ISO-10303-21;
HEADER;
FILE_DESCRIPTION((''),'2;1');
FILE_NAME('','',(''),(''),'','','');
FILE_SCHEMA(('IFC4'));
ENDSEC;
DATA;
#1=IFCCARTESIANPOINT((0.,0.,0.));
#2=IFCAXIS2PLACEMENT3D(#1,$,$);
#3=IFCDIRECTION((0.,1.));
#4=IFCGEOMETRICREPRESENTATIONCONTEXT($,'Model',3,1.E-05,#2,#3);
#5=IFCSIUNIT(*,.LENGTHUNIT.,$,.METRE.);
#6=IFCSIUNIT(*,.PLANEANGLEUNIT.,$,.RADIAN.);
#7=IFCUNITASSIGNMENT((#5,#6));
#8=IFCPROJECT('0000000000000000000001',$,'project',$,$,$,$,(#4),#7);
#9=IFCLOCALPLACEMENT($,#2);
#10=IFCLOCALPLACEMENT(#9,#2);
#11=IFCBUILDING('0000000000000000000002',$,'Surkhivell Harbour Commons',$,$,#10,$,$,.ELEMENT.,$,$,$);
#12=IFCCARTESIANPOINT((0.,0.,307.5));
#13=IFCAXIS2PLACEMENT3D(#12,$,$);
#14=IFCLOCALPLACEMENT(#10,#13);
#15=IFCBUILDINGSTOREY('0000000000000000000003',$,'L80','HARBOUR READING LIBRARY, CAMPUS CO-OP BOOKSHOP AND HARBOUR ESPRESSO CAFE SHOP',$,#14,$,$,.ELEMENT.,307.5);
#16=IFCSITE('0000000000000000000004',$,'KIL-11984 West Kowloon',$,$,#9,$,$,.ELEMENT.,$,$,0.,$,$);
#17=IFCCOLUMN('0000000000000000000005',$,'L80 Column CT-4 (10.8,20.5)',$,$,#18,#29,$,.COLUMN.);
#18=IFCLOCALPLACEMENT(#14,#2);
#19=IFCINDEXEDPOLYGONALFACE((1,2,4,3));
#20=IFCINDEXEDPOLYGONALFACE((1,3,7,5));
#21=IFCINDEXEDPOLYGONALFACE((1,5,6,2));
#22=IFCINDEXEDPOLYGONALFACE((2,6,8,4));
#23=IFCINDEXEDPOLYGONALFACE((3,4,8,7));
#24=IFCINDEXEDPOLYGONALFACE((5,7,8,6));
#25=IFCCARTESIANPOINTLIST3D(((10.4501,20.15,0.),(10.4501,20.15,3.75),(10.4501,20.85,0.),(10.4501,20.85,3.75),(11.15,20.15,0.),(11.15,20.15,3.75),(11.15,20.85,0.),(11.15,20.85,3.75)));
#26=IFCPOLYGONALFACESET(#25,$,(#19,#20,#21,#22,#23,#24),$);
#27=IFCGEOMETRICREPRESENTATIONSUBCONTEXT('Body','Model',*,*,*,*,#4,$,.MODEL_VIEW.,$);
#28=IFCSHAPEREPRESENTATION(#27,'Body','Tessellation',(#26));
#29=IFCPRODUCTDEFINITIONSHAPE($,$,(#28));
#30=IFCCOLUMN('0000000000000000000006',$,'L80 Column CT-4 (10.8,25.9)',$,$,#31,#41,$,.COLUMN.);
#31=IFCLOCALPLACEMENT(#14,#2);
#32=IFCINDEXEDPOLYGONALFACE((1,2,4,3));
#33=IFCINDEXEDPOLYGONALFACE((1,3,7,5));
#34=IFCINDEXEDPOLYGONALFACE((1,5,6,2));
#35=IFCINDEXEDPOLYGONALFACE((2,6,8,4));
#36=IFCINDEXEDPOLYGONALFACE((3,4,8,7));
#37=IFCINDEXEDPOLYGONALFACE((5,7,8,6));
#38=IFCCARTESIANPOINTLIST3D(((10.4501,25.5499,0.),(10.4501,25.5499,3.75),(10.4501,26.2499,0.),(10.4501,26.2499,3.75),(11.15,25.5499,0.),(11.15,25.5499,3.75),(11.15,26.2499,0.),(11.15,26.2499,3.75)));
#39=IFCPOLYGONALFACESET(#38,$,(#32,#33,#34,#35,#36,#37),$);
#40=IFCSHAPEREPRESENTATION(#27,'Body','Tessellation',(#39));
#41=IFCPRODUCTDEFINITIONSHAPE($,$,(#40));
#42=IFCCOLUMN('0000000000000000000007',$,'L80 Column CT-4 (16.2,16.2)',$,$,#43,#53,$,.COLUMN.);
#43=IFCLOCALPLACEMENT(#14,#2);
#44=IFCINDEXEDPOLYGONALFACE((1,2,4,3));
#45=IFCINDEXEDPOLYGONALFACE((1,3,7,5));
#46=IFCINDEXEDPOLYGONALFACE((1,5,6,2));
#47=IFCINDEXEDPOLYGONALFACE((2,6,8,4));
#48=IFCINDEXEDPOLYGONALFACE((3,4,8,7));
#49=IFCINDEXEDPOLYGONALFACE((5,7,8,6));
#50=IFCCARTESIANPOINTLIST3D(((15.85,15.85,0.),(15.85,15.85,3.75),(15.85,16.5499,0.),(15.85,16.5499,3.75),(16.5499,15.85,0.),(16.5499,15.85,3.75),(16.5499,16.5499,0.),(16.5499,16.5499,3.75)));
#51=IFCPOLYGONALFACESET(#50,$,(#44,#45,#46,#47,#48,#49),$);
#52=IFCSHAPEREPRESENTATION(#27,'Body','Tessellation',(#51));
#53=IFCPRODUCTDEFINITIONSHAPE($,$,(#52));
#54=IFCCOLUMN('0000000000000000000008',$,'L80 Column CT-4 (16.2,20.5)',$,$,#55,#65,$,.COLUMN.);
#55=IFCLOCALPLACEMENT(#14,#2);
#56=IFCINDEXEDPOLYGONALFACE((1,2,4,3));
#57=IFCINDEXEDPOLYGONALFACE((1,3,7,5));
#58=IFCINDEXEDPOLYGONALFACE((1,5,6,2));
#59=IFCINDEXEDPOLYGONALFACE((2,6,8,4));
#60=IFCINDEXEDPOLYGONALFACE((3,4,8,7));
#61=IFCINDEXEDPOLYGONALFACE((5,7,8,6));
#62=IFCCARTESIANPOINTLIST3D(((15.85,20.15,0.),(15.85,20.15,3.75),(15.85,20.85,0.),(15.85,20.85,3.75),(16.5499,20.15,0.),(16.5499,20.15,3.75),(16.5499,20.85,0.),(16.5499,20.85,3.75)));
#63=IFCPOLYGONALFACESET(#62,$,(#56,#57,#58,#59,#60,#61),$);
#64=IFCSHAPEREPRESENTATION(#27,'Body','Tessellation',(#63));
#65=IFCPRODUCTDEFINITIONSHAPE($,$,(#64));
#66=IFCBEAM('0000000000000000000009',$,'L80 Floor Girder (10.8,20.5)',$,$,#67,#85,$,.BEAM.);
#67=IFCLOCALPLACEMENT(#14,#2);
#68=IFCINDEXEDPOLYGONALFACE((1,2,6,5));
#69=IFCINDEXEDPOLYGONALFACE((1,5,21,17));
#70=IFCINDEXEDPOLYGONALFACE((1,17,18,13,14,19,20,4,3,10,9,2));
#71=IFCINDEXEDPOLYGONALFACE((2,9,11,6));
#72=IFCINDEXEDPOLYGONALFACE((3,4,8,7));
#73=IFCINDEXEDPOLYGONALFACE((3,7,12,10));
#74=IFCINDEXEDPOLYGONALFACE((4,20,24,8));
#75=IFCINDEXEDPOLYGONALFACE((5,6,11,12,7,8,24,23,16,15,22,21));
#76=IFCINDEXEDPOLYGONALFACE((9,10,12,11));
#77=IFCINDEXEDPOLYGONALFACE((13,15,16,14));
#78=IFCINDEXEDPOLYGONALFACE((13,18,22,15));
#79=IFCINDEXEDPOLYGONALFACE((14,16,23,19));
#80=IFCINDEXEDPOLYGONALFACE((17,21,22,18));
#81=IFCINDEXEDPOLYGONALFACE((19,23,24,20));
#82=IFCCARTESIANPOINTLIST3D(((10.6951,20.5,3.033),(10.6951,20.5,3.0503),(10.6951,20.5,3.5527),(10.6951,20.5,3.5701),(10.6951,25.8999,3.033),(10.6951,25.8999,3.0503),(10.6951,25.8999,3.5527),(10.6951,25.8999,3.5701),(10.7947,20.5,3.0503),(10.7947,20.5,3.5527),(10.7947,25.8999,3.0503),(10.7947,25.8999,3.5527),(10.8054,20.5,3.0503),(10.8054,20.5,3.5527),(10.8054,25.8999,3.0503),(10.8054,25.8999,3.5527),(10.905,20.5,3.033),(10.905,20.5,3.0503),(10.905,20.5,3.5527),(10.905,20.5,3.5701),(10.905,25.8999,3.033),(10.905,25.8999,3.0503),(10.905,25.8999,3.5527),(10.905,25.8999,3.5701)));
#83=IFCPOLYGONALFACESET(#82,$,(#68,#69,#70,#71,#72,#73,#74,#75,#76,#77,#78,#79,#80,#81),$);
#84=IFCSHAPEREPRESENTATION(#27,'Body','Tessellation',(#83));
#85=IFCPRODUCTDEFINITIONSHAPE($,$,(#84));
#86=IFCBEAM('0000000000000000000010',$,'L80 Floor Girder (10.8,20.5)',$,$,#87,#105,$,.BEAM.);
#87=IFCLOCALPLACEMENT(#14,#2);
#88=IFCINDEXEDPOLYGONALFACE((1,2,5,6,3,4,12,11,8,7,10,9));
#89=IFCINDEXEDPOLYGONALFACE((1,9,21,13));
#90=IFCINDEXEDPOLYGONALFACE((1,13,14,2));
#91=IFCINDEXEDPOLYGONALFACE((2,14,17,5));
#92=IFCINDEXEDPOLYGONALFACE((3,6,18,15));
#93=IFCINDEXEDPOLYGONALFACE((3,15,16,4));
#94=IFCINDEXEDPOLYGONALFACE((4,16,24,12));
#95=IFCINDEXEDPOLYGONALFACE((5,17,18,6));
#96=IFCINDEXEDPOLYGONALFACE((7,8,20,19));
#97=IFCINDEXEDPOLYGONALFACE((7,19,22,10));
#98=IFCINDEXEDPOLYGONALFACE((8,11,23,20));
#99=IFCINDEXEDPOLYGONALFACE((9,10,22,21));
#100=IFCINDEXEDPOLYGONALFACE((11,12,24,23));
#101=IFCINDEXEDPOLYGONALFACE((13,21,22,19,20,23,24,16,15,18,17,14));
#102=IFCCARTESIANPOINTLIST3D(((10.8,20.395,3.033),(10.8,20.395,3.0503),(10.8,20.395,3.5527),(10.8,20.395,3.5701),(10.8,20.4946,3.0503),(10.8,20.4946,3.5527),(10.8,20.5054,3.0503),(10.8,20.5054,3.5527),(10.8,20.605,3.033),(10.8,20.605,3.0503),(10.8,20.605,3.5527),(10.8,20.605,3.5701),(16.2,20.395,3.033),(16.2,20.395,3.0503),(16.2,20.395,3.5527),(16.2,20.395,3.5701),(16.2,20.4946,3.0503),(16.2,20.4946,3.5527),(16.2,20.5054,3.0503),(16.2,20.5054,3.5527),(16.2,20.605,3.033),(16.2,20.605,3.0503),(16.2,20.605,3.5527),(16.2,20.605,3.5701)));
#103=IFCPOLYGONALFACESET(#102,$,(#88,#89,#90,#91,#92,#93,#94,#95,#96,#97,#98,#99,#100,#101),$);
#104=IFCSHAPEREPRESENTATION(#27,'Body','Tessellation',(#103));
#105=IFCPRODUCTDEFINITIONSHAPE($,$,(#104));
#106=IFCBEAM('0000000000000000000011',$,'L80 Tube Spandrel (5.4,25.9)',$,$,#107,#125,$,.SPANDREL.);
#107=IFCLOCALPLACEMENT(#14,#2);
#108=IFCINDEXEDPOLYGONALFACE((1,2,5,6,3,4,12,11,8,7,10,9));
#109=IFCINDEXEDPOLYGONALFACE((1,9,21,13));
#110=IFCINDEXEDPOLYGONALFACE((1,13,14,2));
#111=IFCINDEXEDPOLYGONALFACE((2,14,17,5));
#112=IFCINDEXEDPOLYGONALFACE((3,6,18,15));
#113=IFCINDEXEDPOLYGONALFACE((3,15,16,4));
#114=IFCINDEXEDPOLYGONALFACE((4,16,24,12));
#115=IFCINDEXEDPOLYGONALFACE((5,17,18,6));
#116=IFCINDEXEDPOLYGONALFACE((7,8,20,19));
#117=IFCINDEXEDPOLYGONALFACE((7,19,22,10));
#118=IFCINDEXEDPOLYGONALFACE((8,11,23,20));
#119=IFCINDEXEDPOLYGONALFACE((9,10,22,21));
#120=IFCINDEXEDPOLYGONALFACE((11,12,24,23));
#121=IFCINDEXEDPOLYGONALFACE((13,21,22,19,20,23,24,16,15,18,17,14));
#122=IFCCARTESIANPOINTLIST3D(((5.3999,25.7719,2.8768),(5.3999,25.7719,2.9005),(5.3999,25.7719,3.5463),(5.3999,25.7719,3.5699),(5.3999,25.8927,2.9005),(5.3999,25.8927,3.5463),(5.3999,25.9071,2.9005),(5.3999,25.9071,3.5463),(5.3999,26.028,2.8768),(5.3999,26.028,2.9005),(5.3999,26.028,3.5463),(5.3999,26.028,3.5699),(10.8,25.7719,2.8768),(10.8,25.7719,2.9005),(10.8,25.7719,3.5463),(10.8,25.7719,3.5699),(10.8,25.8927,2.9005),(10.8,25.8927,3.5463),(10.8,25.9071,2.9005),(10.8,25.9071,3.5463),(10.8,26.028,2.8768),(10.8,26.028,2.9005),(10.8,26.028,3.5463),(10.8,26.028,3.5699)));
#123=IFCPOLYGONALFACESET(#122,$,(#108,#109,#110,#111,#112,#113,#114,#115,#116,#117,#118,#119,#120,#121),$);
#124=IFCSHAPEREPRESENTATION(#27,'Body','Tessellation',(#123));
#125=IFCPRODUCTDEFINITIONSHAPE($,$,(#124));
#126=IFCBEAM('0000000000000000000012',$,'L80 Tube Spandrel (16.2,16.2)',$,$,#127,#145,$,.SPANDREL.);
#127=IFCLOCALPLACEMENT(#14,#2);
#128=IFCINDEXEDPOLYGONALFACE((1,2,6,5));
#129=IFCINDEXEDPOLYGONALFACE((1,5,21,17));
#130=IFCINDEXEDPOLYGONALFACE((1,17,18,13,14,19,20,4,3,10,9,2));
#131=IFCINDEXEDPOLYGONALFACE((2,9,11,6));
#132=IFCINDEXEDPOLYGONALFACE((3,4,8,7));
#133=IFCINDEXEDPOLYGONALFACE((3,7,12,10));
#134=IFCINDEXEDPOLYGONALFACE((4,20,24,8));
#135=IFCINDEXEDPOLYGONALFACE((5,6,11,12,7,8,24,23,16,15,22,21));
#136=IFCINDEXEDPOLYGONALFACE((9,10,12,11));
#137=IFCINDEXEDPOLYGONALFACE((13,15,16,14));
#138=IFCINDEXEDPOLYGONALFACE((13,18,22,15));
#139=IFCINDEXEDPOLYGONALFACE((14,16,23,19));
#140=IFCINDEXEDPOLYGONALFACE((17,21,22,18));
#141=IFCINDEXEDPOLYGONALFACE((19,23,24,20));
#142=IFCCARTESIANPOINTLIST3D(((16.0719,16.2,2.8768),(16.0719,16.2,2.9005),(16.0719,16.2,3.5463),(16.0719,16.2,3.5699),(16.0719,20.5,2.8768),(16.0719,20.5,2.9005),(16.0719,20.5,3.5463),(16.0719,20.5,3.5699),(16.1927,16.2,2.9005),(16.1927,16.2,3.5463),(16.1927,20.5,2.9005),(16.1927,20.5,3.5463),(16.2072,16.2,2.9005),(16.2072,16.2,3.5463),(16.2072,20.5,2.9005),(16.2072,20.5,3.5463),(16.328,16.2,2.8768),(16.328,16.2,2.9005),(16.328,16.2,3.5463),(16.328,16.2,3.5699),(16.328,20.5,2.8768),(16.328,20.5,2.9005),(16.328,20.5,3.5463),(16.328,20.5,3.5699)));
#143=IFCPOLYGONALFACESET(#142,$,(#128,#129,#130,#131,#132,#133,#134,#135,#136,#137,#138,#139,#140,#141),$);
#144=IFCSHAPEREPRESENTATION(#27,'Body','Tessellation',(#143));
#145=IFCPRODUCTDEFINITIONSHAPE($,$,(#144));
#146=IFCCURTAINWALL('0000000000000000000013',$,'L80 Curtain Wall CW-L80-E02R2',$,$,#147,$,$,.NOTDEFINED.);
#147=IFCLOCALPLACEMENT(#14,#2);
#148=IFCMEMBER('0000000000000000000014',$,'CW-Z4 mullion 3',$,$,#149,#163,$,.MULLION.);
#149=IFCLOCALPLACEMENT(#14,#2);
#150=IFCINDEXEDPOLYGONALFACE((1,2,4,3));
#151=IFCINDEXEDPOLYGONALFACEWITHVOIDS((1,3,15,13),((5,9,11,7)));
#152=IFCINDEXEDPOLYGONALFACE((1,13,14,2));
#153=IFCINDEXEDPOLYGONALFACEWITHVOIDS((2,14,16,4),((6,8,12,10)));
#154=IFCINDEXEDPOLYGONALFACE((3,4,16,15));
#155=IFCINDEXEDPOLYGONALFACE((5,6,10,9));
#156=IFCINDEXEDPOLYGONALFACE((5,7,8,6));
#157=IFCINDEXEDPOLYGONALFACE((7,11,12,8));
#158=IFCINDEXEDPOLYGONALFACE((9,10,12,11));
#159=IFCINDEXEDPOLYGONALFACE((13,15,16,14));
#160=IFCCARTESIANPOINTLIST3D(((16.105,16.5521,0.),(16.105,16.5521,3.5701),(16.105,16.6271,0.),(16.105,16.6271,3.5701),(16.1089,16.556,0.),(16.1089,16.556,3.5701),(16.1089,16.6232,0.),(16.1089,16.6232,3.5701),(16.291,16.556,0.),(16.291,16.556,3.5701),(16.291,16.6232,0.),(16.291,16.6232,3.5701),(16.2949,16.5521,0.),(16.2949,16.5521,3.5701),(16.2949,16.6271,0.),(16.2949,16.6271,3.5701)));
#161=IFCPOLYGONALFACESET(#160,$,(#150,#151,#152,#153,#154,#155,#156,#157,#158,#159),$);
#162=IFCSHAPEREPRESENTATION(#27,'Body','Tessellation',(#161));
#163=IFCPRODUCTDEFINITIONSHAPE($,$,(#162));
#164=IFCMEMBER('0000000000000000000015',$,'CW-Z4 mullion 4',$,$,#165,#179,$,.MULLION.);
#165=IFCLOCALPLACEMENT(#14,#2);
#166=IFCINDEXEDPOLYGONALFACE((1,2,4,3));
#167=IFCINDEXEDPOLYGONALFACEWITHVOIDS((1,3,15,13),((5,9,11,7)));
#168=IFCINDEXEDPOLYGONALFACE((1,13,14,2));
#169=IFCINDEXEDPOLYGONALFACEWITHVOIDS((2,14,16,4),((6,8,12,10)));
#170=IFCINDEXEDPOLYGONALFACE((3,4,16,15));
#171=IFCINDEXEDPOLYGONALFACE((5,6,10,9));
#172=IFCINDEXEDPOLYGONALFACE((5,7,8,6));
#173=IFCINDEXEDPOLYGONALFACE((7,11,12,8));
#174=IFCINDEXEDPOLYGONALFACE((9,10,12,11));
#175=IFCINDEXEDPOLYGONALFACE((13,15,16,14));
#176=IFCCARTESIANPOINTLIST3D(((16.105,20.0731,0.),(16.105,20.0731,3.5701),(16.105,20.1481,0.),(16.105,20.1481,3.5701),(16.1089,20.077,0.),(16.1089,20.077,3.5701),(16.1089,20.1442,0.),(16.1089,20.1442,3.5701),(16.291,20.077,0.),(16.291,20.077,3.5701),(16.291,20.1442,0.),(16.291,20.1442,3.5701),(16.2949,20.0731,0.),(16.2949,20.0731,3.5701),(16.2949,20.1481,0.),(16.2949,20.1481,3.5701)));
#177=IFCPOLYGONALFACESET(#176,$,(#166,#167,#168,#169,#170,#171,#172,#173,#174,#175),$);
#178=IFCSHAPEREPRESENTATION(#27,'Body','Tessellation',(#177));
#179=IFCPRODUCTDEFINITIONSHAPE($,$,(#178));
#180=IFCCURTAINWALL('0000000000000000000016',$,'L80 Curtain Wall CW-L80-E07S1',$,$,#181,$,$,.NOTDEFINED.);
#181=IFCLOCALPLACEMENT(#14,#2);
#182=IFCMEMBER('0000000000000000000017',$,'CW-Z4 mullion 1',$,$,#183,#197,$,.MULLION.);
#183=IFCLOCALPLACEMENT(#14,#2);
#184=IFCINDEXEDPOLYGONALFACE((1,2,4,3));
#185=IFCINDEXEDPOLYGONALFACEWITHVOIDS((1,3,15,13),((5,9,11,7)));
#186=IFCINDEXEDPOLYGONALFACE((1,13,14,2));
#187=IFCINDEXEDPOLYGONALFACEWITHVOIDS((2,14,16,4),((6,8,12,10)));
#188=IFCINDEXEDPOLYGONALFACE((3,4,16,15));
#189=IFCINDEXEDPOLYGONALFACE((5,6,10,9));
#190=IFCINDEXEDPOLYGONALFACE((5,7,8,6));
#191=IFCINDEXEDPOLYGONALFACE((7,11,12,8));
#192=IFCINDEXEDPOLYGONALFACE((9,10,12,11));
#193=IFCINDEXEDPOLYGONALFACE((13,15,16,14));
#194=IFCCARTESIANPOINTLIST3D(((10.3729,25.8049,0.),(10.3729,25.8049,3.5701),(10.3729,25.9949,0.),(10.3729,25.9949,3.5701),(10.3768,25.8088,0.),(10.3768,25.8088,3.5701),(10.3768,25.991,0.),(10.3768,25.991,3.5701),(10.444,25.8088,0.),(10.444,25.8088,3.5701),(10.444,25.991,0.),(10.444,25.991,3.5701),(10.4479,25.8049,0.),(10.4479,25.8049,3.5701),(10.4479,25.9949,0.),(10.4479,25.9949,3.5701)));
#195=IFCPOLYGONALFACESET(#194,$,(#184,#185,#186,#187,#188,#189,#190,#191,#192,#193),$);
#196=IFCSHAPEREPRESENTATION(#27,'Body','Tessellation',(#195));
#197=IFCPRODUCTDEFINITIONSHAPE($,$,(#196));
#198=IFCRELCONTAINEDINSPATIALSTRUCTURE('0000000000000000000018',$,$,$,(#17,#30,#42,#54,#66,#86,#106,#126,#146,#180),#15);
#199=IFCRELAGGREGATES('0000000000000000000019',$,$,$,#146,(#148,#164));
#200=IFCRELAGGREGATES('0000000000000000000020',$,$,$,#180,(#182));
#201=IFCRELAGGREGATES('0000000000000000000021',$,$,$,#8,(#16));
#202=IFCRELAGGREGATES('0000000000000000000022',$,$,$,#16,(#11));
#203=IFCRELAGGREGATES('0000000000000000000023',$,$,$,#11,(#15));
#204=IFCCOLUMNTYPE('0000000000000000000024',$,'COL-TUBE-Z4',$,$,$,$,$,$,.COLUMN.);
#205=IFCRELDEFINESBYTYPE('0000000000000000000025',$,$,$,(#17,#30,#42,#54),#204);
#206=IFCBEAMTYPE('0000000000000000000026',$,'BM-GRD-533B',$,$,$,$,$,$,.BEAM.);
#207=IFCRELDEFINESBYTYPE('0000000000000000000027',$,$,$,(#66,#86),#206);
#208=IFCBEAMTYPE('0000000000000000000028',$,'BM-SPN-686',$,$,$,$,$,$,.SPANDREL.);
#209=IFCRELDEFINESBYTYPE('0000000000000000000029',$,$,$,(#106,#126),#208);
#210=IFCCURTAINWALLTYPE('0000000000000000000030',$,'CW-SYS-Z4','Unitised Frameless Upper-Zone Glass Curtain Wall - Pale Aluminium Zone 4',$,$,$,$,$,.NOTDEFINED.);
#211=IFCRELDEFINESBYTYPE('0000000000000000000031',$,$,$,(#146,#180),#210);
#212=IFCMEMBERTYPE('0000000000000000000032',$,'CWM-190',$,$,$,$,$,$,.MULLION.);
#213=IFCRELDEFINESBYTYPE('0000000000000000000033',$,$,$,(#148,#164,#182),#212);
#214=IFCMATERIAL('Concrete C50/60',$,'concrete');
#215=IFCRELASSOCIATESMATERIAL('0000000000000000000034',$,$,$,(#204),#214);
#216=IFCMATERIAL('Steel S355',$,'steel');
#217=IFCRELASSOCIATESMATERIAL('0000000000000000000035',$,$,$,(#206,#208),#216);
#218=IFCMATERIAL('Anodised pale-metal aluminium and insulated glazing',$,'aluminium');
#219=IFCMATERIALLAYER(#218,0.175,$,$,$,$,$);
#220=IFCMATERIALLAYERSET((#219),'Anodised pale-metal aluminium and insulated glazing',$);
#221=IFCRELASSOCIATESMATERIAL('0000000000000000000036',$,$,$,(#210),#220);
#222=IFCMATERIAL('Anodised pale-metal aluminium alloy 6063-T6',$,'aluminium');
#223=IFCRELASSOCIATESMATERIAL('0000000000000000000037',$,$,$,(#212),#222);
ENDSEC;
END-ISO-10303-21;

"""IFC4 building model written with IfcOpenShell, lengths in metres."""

from ifc_helpers import new_model, si_unit, direction, frame, origin, origin_2d, place, context, subcontext, project, spatial, rectangle, hollow_rectangle, i_section, extrude, material, layer, layer_set, material_profile, profile_set, type_object, element, aggregate, save


model = new_model("IFC4")

# Units and contexts
model_context = context("Model", 3, precision=1e-05, world=origin(), true_north=direction((0.0, 1.0)))
body_context = subcontext(model_context, "Body", "Model", "MODEL_VIEW")
ifc_project = project(units=[si_unit("LENGTHUNIT", "METRE"), si_unit("PLANEANGLEUNIT", "RADIAN")], contexts=[model_context])

# Site, building, storey
site_placement = place(None, origin())
site = spatial("IfcSite", under=ifc_project, at=site_placement, Name="KIL-11984 West Kowloon", CompositionType="ELEMENT", RefElevation=0.0)
building_placement = place(site_placement, origin())
building = spatial("IfcBuilding", under=site, at=building_placement, Name="Surkhivell Harbour Commons", CompositionType="ELEMENT")
storey_placement = place(building_placement, frame((0.0, 0.0, 307.5)))
storey = spatial("IfcBuildingStorey", under=building, at=storey_placement, Name="L80", Description="HARBOUR READING LIBRARY, CAMPUS CO-OP BOOKSHOP AND HARBOUR ESPRESSO CAFE SHOP", CompositionType="ELEMENT", Elevation=307.5)

# Columns
ifc_material_1 = material(Name="Concrete C50/60", Category="concrete")
ifc_material_profile_1 = material_profile(ifc_material_1, rectangle(XDim=0.7, YDim=0.7, at=origin_2d()), Name="RC-COL-700x700")
ifc_profile_set_1 = profile_set([ifc_material_profile_1], Name="Concrete C50/60")
column_type = type_object("IfcColumnType", Name="COL-TUBE-Z4", PredefinedType="COLUMN", material=ifc_profile_set_1)
for number, where, z_axis, x_axis, name in (
    (1, (10.8, 20.5, 0.0), (0.0, 0.0, 1.0), (1.0, 0.0, 0.0), "L80 Column CT-4 (10.8,20.5)"),
    (2, (10.8, 25.8999, 0.0), (0.0, 0.0, 1.0), (1.0, 0.0, 0.0), "L80 Column CT-4 (10.8,25.9)"),
    (3, (16.2, 16.2, 0.0), (0.0, 0.0, 1.0), (1.0, 0.0, 0.0), "L80 Column CT-4 (16.2,16.2)"),
    (4, (16.2, 20.5, 0.0), (0.0, 0.0, 1.0), (1.0, 0.0, 0.0), "L80 Column CT-4 (16.2,20.5)"),
):
    element("IfcColumn", number, at=place(storey_placement, frame(where, z_axis=z_axis, x_axis=x_axis)), inside=storey, type_object=column_type, Name=name, PredefinedType="COLUMN", context=body_context, shape_type="SweptSolid", body=[
        extrude(rectangle(XDim=0.7, YDim=0.7, at=origin_2d()), origin(), (0.0, 0.0, 1.0), 3.75),
    ])

# Beams
ifc_material_2 = material(Name="Steel S355", Category="steel")
ifc_material_profile_2 = material_profile(ifc_material_2, i_section(OverallWidth=0.21, OverallDepth=0.5371, WebThickness=0.0107, FlangeThickness=0.0173, at=origin_2d()), Name="UB533x210x101")
ifc_profile_set_2 = profile_set([ifc_material_profile_2], Name="Steel S355")
beam_type_1 = type_object("IfcBeamType", Name="BM-GRD-533B", PredefinedType="BEAM", material=ifc_profile_set_2)
for number, where, z_axis, x_axis, name in (
    (5, (10.8, 20.5, 3.3015), (0.0, 1.0, 0.0), (-1.0, 0.0, 0.0), "L80 Floor Girder (10.8,20.5)"),
    (6, (10.8, 20.5, 3.3015), (1.0, 0.0, 0.0), (0.0, 1.0, 0.0), "L80 Floor Girder (10.8,20.5)"),
):
    element("IfcBeam", number, at=place(storey_placement, frame(where, z_axis=z_axis, x_axis=x_axis)), inside=storey, type_object=beam_type_1, Name=name, PredefinedType="BEAM", context=body_context, shape_type="SweptSolid", body=[
        extrude(i_section(OverallWidth=0.21, OverallDepth=0.5371, WebThickness=0.0107, FlangeThickness=0.0173, at=origin_2d()), origin(), (0.0, 0.0, 1.0), 5.3999),
    ])
ifc_material_profile_3 = material_profile(ifc_material_2, i_section(OverallWidth=0.2561, OverallDepth=0.6931, WebThickness=0.0144, FlangeThickness=0.0237, at=origin_2d()), Name="UB686x254x170")
ifc_profile_set_3 = profile_set([ifc_material_profile_3], Name="Steel S355")
beam_type_2 = type_object("IfcBeamType", Name="BM-SPN-686", PredefinedType="SPANDREL", material=ifc_profile_set_3)
beam_1_placement = place(storey_placement, frame((5.3999, 25.8999, 3.2234), z_axis=(1.0, 0.0, 0.0), x_axis=(0.0, 1.0, 0.0)))
element("IfcBeam", 7, at=beam_1_placement, inside=storey, type_object=beam_type_2, Name="L80 Tube Spandrel (5.4,25.9)", PredefinedType="SPANDREL", context=body_context, shape_type="SweptSolid", body=[
    extrude(i_section(OverallWidth=0.2561, OverallDepth=0.6931, WebThickness=0.0144, FlangeThickness=0.0237, at=origin_2d()), origin(), (0.0, 0.0, 1.0), 5.4001),
])
beam_2_placement = place(storey_placement, frame((16.2, 16.2, 3.2234), z_axis=(0.0, 1.0, 0.0), x_axis=(-1.0, 0.0, 0.0)))
element("IfcBeam", 8, at=beam_2_placement, inside=storey, type_object=beam_type_2, Name="L80 Tube Spandrel (16.2,16.2)", PredefinedType="SPANDREL", context=body_context, shape_type="SweptSolid", body=[
    extrude(i_section(OverallWidth=0.2561, OverallDepth=0.6931, WebThickness=0.0144, FlangeThickness=0.0237, at=origin_2d()), origin(), (0.0, 0.0, 1.0), 4.3),
])

# Curtain walls, members
ifc_material_3 = material(Name="Anodised pale-metal aluminium and insulated glazing", Category="aluminium")
ifc_layer_1 = layer(ifc_material_3, 0.175)
ifc_layer_set_1 = layer_set([ifc_layer_1], Name="Anodised pale-metal aluminium and insulated glazing")
curtain_wall_type = type_object("IfcCurtainWallType", Name="CW-SYS-Z4", Description="Unitised Frameless Upper-Zone Glass Curtain Wall - Pale Aluminium Zone 4", PredefinedType="NOTDEFINED", material=ifc_layer_set_1)
curtain_wall_1_placement = place(storey_placement, origin())
curtain_wall_1 = element("IfcCurtainWall", 9, at=curtain_wall_1_placement, inside=storey, type_object=curtain_wall_type, Name="L80 Curtain Wall CW-L80-E02R2", PredefinedType="NOTDEFINED")
ifc_material_4 = material(Name="Anodised pale-metal aluminium alloy 6063-T6", Category="aluminium")
ifc_material_profile_4 = material_profile(ifc_material_4, hollow_rectangle(XDim=0.075, YDim=0.1899, WallThickness=0.0039, at=origin_2d()), Name="ALU-MULL-75x190")
ifc_profile_set_4 = profile_set([ifc_material_profile_4], Name="Anodised pale-metal aluminium alloy 6063-T6")
member_type_1 = type_object("IfcMemberType", Name="CWM-190", PredefinedType="MULLION", material=ifc_profile_set_4)
member_1_placement = place(storey_placement, frame((16.2, 16.5896, 0.0), z_axis=(0.0, 0.0, 1.0), x_axis=(0.0, 1.0, 0.0)))
member_1 = element("IfcMember", 10, at=member_1_placement, type_object=member_type_1, Name="CW-Z4 mullion 3", PredefinedType="MULLION", context=body_context, shape_type="SweptSolid", body=[
    extrude(hollow_rectangle(XDim=0.075, YDim=0.1899, WallThickness=0.0039, at=origin_2d()), origin(), (0.0, 0.0, 1.0), 3.5701),
])
member_2_placement = place(storey_placement, frame((16.2, 20.1106, 0.0), z_axis=(0.0, 0.0, 1.0), x_axis=(0.0, 1.0, 0.0)))
member_2 = element("IfcMember", 11, at=member_2_placement, type_object=member_type_1, Name="CW-Z4 mullion 4", PredefinedType="MULLION", context=body_context, shape_type="SweptSolid", body=[
    extrude(hollow_rectangle(XDim=0.075, YDim=0.1899, WallThickness=0.0039, at=origin_2d()), origin(), (0.0, 0.0, 1.0), 3.5701),
])
curtain_wall_2_placement = place(storey_placement, origin())
curtain_wall_2 = element("IfcCurtainWall", 12, at=curtain_wall_2_placement, inside=storey, type_object=curtain_wall_type, Name="L80 Curtain Wall CW-L80-E07S1", PredefinedType="NOTDEFINED")
member_3_placement = place(storey_placement, frame((10.4104, 25.8999, 0.0), z_axis=(0.0, 0.0, 1.0), x_axis=(-1.0, 0.0, 0.0)))
member_3 = element("IfcMember", 13, at=member_3_placement, type_object=member_type_1, Name="CW-Z4 mullion 1", PredefinedType="MULLION", context=body_context, shape_type="SweptSolid", body=[
    extrude(hollow_rectangle(XDim=0.075, YDim=0.1899, WallThickness=0.0039, at=origin_2d()), origin(), (0.0, 0.0, 1.0), 3.5701),
])

aggregate(curtain_wall_1, [member_1, member_2])
aggregate(curtain_wall_2, [member_3])

save(model, "model.ifc")
